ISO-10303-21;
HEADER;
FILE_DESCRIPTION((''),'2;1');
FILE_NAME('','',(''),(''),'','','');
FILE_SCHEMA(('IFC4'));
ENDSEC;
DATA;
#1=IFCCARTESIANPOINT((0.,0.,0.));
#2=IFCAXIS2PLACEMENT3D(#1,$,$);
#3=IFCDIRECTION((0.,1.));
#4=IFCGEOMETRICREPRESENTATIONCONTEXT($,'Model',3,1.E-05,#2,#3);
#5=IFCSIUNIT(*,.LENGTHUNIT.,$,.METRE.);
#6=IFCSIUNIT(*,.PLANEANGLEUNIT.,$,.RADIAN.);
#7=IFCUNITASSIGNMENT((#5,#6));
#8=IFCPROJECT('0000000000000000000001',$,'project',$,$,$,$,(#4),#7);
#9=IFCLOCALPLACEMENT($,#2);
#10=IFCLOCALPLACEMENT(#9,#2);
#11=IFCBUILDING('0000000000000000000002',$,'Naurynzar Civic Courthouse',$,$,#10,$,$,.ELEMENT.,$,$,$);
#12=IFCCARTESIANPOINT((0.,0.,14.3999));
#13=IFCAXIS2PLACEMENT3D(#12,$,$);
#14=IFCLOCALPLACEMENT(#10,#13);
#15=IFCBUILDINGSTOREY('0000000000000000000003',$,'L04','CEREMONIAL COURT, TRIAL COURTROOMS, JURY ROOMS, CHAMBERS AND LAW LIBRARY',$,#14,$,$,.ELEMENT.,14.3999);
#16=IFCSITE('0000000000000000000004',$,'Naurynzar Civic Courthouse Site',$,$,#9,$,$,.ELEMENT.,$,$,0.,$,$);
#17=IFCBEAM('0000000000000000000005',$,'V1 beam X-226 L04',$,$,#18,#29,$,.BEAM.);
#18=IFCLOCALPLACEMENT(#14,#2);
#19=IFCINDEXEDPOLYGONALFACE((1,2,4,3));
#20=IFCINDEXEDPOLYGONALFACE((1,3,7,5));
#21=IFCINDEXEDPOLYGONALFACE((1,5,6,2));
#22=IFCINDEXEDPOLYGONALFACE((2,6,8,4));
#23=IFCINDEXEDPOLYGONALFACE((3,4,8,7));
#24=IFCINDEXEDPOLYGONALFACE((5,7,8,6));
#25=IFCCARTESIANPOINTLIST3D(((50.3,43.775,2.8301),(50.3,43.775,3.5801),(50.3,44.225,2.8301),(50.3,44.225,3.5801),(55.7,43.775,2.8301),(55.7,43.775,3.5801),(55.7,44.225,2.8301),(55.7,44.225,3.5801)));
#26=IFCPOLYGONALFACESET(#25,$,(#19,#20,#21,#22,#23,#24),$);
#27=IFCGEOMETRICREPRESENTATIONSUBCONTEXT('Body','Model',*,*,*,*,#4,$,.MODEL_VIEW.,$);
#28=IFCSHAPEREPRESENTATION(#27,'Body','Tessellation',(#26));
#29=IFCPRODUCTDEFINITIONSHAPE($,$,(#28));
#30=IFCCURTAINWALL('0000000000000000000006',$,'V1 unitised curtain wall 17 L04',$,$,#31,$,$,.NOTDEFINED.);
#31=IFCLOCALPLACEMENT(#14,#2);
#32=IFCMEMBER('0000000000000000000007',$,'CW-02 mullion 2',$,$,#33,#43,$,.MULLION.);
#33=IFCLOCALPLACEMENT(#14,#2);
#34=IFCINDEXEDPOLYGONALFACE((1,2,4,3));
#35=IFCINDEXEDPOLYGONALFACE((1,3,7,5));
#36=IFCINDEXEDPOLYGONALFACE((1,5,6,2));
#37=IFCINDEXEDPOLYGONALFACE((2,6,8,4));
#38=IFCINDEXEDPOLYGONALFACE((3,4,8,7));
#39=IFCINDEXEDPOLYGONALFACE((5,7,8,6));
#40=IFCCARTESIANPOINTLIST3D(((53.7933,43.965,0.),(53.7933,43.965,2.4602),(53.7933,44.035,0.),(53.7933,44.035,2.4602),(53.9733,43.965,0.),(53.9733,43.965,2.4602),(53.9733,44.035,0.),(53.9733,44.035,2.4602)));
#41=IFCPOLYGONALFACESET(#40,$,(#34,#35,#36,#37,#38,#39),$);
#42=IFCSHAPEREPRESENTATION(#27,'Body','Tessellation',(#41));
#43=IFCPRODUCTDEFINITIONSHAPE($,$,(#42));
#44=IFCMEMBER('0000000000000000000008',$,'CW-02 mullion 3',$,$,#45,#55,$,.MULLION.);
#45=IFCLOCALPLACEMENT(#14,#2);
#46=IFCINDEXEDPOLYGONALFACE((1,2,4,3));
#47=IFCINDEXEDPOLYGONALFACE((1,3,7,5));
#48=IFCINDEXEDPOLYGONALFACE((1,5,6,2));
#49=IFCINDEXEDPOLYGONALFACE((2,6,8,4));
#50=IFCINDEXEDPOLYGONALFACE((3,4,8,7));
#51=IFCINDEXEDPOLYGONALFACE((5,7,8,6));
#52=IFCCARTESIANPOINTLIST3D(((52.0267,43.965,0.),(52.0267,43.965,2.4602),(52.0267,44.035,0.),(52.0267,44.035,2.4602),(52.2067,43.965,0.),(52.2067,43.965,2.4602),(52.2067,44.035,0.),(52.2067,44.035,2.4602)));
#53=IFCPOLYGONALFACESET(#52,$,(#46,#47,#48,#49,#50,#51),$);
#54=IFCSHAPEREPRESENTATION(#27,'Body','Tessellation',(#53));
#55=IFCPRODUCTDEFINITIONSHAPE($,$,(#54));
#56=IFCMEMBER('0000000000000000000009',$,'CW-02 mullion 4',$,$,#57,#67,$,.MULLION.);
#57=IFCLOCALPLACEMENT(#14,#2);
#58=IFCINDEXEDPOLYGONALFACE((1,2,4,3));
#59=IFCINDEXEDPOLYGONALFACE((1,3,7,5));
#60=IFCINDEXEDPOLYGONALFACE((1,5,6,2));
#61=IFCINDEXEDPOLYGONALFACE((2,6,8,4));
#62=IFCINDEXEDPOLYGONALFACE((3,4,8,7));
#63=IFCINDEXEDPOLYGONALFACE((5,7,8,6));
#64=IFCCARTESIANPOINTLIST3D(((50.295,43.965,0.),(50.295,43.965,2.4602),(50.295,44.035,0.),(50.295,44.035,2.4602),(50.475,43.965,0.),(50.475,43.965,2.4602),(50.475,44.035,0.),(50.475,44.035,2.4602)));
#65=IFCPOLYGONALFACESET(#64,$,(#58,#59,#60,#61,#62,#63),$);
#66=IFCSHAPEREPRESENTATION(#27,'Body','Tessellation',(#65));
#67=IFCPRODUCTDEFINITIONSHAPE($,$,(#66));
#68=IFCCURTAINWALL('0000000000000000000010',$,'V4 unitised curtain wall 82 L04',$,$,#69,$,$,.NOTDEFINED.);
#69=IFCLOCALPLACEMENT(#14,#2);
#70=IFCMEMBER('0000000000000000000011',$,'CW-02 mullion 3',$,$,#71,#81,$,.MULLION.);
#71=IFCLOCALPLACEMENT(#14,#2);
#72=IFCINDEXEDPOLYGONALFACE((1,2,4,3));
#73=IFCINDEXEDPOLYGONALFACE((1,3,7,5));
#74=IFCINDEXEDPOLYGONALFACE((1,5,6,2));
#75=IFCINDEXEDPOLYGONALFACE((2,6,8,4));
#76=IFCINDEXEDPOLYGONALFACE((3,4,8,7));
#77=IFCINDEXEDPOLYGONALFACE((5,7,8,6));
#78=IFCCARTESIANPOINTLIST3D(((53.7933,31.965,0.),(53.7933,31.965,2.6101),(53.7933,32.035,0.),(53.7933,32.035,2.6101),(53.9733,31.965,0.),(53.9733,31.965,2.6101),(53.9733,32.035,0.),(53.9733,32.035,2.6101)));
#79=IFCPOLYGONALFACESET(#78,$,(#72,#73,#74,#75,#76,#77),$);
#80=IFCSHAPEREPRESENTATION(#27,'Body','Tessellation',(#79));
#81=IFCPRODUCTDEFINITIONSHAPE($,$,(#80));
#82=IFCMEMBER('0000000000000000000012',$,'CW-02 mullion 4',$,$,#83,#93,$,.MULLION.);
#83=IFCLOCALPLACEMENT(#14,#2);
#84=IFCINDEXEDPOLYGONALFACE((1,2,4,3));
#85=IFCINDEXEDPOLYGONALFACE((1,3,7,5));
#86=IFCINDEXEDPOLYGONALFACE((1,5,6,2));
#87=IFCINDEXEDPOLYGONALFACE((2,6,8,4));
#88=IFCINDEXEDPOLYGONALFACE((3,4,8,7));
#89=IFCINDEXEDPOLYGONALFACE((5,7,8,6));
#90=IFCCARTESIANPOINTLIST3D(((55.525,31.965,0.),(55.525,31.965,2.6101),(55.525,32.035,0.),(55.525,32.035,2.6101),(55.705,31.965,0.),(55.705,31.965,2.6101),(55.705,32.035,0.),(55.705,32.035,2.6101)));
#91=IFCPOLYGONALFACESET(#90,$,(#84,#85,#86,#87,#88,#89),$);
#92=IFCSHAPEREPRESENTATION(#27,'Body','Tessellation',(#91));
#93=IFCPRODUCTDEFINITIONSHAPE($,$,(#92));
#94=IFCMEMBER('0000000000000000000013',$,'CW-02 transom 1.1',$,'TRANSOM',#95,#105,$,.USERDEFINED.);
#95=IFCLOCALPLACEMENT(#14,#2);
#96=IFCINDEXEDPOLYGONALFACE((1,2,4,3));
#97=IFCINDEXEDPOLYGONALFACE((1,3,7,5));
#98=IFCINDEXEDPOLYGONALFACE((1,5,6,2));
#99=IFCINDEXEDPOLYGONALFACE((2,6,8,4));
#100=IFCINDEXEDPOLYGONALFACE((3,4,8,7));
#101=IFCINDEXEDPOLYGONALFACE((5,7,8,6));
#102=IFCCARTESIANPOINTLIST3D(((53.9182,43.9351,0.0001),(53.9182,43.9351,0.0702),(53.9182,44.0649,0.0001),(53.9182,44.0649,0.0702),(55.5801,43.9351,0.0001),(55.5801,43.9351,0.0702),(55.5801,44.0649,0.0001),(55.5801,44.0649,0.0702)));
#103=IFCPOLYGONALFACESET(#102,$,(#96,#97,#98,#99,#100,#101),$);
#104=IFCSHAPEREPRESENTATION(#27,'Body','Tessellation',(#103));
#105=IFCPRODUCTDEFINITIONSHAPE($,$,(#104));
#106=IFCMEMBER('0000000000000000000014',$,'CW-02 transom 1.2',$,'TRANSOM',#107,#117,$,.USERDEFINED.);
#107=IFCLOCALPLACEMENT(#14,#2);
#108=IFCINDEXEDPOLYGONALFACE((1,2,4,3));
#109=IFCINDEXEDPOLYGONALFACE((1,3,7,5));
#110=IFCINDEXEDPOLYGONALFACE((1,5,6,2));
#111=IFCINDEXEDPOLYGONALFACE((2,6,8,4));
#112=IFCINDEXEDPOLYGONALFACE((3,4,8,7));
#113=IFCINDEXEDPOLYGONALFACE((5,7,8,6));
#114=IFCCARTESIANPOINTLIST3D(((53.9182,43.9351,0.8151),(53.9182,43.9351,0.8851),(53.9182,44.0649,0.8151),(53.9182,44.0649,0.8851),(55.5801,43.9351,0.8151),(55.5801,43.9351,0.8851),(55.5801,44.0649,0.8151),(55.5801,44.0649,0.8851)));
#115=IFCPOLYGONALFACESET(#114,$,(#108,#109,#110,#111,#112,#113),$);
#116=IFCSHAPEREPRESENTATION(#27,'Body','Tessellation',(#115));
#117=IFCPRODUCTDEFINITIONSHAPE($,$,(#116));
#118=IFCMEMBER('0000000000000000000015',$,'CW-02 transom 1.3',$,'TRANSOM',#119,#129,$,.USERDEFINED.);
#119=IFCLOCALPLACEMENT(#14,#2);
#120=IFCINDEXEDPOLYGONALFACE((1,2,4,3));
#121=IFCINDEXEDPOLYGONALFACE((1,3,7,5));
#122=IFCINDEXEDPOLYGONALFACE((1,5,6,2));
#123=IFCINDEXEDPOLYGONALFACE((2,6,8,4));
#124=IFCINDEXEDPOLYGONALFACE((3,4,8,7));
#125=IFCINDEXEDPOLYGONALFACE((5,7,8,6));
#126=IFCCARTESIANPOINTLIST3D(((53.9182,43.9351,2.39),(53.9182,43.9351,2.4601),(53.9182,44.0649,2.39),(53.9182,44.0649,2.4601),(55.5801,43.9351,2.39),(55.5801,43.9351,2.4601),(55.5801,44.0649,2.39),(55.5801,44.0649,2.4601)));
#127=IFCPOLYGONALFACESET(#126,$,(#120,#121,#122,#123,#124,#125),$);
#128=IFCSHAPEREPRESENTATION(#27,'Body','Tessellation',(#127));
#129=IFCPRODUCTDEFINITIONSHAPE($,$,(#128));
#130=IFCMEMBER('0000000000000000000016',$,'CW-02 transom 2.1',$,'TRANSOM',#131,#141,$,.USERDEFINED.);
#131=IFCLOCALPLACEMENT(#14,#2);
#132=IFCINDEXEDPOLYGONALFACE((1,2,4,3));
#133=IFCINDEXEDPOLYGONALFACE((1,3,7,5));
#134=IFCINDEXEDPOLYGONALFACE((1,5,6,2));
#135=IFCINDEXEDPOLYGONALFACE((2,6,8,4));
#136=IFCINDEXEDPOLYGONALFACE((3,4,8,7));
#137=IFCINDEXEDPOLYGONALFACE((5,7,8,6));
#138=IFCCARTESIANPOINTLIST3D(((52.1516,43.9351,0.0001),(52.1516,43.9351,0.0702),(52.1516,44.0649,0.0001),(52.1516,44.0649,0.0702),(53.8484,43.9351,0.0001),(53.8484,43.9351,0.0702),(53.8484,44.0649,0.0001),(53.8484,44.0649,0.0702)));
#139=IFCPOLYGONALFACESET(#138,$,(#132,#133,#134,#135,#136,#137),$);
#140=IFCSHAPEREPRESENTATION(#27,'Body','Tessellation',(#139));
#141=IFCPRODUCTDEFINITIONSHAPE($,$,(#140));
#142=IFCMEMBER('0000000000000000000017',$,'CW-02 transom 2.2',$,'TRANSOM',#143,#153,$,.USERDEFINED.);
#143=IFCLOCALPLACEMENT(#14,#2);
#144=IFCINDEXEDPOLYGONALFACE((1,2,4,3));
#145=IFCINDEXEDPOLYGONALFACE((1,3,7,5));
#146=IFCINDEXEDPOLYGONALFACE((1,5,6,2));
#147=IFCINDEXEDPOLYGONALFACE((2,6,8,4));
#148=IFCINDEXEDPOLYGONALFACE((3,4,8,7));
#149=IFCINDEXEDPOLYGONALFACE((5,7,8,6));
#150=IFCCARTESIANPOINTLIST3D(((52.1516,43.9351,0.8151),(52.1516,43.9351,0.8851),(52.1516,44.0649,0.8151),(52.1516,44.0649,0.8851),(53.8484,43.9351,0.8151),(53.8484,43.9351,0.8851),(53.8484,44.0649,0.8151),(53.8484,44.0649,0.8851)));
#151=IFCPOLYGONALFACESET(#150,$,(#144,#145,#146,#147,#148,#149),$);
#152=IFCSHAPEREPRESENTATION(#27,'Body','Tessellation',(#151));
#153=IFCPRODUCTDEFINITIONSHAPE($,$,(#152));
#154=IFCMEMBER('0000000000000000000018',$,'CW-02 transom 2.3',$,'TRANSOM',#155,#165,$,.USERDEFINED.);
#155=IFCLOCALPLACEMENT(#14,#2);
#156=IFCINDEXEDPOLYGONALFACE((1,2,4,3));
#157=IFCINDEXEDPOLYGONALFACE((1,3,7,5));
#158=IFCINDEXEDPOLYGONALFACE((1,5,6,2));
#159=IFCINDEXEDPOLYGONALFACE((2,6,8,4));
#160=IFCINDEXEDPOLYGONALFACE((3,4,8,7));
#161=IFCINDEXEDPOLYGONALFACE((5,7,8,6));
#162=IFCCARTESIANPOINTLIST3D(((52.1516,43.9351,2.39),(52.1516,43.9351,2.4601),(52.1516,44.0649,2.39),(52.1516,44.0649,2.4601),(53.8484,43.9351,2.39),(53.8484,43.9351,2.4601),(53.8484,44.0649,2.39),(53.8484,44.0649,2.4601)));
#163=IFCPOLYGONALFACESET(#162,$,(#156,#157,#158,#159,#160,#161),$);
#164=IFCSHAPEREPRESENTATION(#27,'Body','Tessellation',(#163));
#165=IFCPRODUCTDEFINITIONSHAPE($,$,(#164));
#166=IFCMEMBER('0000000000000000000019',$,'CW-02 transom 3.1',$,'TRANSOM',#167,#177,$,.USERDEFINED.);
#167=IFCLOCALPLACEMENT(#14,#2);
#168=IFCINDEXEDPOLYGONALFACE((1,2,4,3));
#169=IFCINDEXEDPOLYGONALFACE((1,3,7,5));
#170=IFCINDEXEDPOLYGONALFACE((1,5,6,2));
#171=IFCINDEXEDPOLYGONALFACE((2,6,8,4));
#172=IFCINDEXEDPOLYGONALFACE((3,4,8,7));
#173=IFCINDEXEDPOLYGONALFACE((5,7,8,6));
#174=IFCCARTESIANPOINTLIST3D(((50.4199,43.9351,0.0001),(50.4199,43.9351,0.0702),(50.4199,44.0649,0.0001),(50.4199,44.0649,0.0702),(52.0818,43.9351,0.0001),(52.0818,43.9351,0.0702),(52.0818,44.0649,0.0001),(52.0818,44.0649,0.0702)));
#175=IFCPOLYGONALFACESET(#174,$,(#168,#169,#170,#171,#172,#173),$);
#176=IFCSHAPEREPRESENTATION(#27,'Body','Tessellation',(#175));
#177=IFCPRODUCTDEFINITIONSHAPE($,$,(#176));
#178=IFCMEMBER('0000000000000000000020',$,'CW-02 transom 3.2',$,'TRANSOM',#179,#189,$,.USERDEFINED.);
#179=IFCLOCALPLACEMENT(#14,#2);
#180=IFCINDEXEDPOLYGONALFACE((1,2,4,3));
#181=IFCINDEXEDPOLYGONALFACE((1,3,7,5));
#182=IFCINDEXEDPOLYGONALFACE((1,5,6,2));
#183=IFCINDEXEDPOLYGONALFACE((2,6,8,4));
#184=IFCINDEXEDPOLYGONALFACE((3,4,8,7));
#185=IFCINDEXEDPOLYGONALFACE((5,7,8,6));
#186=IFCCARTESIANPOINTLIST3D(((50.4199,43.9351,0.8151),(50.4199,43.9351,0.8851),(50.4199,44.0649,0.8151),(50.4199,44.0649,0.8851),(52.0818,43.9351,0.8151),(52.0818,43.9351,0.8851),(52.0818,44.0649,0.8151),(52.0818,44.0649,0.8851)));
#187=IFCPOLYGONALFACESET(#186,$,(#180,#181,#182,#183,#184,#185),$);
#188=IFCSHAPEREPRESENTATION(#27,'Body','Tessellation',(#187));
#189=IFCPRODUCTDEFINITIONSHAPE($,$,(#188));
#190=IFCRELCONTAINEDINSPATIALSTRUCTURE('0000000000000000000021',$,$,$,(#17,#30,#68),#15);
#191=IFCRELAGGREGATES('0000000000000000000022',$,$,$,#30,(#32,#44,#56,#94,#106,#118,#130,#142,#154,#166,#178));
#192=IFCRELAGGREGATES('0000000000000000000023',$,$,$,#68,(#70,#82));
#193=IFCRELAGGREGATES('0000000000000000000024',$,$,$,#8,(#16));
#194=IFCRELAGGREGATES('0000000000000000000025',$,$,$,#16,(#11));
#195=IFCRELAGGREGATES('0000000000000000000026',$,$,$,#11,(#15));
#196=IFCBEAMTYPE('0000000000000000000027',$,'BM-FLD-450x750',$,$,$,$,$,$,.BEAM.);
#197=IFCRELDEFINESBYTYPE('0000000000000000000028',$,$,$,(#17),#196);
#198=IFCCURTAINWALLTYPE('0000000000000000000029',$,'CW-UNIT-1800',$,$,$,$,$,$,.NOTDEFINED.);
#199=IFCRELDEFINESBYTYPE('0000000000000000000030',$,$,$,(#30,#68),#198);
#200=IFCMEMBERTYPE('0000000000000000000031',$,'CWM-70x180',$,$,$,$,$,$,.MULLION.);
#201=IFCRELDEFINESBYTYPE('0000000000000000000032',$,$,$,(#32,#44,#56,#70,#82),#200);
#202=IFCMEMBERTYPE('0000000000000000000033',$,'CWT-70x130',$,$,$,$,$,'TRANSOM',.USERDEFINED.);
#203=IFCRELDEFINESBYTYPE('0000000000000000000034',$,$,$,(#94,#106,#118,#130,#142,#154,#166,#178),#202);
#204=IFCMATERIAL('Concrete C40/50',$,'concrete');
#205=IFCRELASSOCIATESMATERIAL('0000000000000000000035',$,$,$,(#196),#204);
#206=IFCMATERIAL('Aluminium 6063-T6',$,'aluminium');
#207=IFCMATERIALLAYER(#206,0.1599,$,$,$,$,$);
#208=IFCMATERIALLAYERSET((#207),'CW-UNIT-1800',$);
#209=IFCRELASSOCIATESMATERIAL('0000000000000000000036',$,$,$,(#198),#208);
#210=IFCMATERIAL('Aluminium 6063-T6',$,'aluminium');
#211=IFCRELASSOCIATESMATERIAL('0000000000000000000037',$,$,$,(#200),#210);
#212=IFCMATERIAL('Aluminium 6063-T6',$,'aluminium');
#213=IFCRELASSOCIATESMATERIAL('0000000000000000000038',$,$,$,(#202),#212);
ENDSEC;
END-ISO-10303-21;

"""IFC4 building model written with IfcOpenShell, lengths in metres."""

from ifc_helpers import new_model, si_unit, direction, frame, origin, origin_2d, place, context, subcontext, project, spatial, rectangle, extrude, material, layer, layer_set, material_profile, profile_set, type_object, element, aggregate, save


model = new_model("IFC4")

# Units and contexts
model_context = context("Model", 3, precision=1e-05, world=origin(), true_north=direction((0.0, 1.0)))
body_context = subcontext(model_context, "Body", "Model", "MODEL_VIEW")
ifc_project = project(units=[si_unit("LENGTHUNIT", "METRE"), si_unit("PLANEANGLEUNIT", "RADIAN")], contexts=[model_context])

# Site, building, storey
site_placement = place(None, origin())
site = spatial("IfcSite", under=ifc_project, at=site_placement, Name="Naurynzar Civic Courthouse Site", CompositionType="ELEMENT", RefElevation=0.0)
building_placement = place(site_placement, origin())
building = spatial("IfcBuilding", under=site, at=building_placement, Name="Naurynzar Civic Courthouse", CompositionType="ELEMENT")
storey_placement = place(building_placement, frame((0.0, 0.0, 14.3999)))
storey = spatial("IfcBuildingStorey", under=building, at=storey_placement, Name="L04", Description="CEREMONIAL COURT, TRIAL COURTROOMS, JURY ROOMS, CHAMBERS AND LAW LIBRARY", CompositionType="ELEMENT", Elevation=14.3999)

# Beam
ifc_material_1 = material(Name="Concrete C40/50", Category="concrete")
ifc_material_profile_1 = material_profile(ifc_material_1, rectangle(XDim=0.45, YDim=0.75, at=origin_2d()), Name="RCF 450x750")
ifc_profile_set_1 = profile_set([ifc_material_profile_1], Name="Concrete C40/50")
beam_type = type_object("IfcBeamType", Name="BM-FLD-450x750", PredefinedType="BEAM", material=ifc_profile_set_1)
beam_placement = place(storey_placement, frame((50.3, 44.0, 3.2051), z_axis=(1.0, 0.0, 0.0), x_axis=(0.0, 1.0, 0.0)))
element("IfcBeam", 1, at=beam_placement, inside=storey, type_object=beam_type, Name="V1 beam X-226 L04", PredefinedType="BEAM", context=body_context, shape_type="SweptSolid", body=[
    extrude(rectangle(XDim=0.45, YDim=0.75, at=origin_2d()), origin(), (0.0, 0.0, 1.0), 5.3999),
])

# Curtain walls, members
ifc_material_2 = material(Name="Aluminium 6063-T6", Category="aluminium")
ifc_layer_1 = layer(ifc_material_2, 0.1599)
ifc_layer_set_1 = layer_set([ifc_layer_1], Name="CW-UNIT-1800")
curtain_wall_type = type_object("IfcCurtainWallType", Name="CW-UNIT-1800", PredefinedType="NOTDEFINED", material=ifc_layer_set_1)
curtain_wall_1_placement = place(storey_placement, origin())
curtain_wall_1 = element("IfcCurtainWall", 2, at=curtain_wall_1_placement, inside=storey, type_object=curtain_wall_type, Name="V1 unitised curtain wall 17 L04", PredefinedType="NOTDEFINED")
ifc_material_3 = material(Name="Aluminium 6063-T6", Category="aluminium")
ifc_material_profile_2 = material_profile(ifc_material_3, rectangle(XDim=0.0701, YDim=0.1799, at=origin_2d()), Name="ALU MULLION 70x180")
ifc_profile_set_2 = profile_set([ifc_material_profile_2], Name="Aluminium 6063-T6")
member_type_1 = type_object("IfcMemberType", Name="CWM-70x180", PredefinedType="MULLION", material=ifc_profile_set_2)
member_1_placement = place(storey_placement, frame((53.8833, 44.0, 0.0), z_axis=(0.0, 0.0, 1.0), x_axis=(0.0, -1.0, 0.0)))
member_1 = element("IfcMember", 3, at=member_1_placement, type_object=member_type_1, Name="CW-02 mullion 2", PredefinedType="MULLION", context=body_context, shape_type="SweptSolid", body=[
    extrude(rectangle(XDim=0.0701, YDim=0.1799, at=origin_2d()), origin(), (0.0, 0.0, 1.0), 2.4602),
])
member_2_placement = place(storey_placement, frame((52.1167, 44.0, 0.0), z_axis=(0.0, 0.0, 1.0), x_axis=(0.0, -1.0, 0.0)))
member_2 = element("IfcMember", 4, at=member_2_placement, type_object=member_type_1, Name="CW-02 mullion 3", PredefinedType="MULLION", context=body_context, shape_type="SweptSolid", body=[
    extrude(rectangle(XDim=0.0701, YDim=0.1799, at=origin_2d()), origin(), (0.0, 0.0, 1.0), 2.4602),
])
member_3_placement = place(storey_placement, frame((50.385, 44.0, 0.0), z_axis=(0.0, 0.0, 1.0), x_axis=(0.0, -1.0, 0.0)))
member_3 = element("IfcMember", 5, at=member_3_placement, type_object=member_type_1, Name="CW-02 mullion 4", PredefinedType="MULLION", context=body_context, shape_type="SweptSolid", body=[
    extrude(rectangle(XDim=0.0701, YDim=0.1799, at=origin_2d()), origin(), (0.0, 0.0, 1.0), 2.4602),
])
curtain_wall_2_placement = place(storey_placement, origin())
curtain_wall_2 = element("IfcCurtainWall", 6, at=curtain_wall_2_placement, inside=storey, type_object=curtain_wall_type, Name="V4 unitised curtain wall 82 L04", PredefinedType="NOTDEFINED")
member_4_placement = place(storey_placement, frame((53.8833, 32.0, 0.0), z_axis=(0.0, 0.0, 1.0), x_axis=(0.0, 1.0, 0.0)))
member_4 = element("IfcMember", 7, at=member_4_placement, type_object=member_type_1, Name="CW-02 mullion 3", PredefinedType="MULLION", context=body_context, shape_type="SweptSolid", body=[
    extrude(rectangle(XDim=0.0701, YDim=0.1799, at=origin_2d()), origin(), (0.0, 0.0, 1.0), 2.6101),
])
member_5_placement = place(storey_placement, frame((55.615, 32.0, 0.0), z_axis=(0.0, 0.0, 1.0), x_axis=(0.0, 1.0, 0.0)))
member_5 = element("IfcMember", 8, at=member_5_placement, type_object=member_type_1, Name="CW-02 mullion 4", PredefinedType="MULLION", context=body_context, shape_type="SweptSolid", body=[
    extrude(rectangle(XDim=0.0701, YDim=0.1799, at=origin_2d()), origin(), (0.0, 0.0, 1.0), 2.6101),
])

# Members
ifc_material_4 = material(Name="Aluminium 6063-T6", Category="aluminium")
ifc_material_profile_3 = material_profile(ifc_material_4, rectangle(XDim=0.1299, YDim=0.0701, at=origin_2d()), Name="ALU TRANSOM 70x130")
ifc_profile_set_3 = profile_set([ifc_material_profile_3], Name="Aluminium 6063-T6")
member_type_2 = type_object("IfcMemberType", Name="CWT-70x130", ElementType="TRANSOM", PredefinedType="USERDEFINED", material=ifc_profile_set_3)
member_6_placement = place(storey_placement, frame((55.5801, 44.0, 0.0352), z_axis=(-1.0, 0.0, 0.0), x_axis=(0.0, -1.0, 0.0)))
member_6 = element("IfcMember", 9, at=member_6_placement, type_object=member_type_2, Name="CW-02 transom 1.1", ObjectType="TRANSOM", PredefinedType="USERDEFINED", context=body_context, shape_type="SweptSolid", body=[
    extrude(rectangle(XDim=0.1299, YDim=0.0701, at=origin_2d()), origin(), (0.0, 0.0, 1.0), 1.6619),
])
member_7_placement = place(storey_placement, frame((55.5801, 44.0, 0.8501), z_axis=(-1.0, 0.0, 0.0), x_axis=(0.0, -1.0, 0.0)))
member_7 = element("IfcMember", 10, at=member_7_placement, type_object=member_type_2, Name="CW-02 transom 1.2", ObjectType="TRANSOM", PredefinedType="USERDEFINED", context=body_context, shape_type="SweptSolid", body=[
    extrude(rectangle(XDim=0.1299, YDim=0.0701, at=origin_2d()), origin(), (0.0, 0.0, 1.0), 1.6619),
])
member_8_placement = place(storey_placement, frame((55.5801, 44.0, 2.425), z_axis=(-1.0, 0.0, 0.0), x_axis=(0.0, -1.0, 0.0)))
member_8 = element("IfcMember", 11, at=member_8_placement, type_object=member_type_2, Name="CW-02 transom 1.3", ObjectType="TRANSOM", PredefinedType="USERDEFINED", context=body_context, shape_type="SweptSolid", body=[
    extrude(rectangle(XDim=0.1299, YDim=0.0701, at=origin_2d()), origin(), (0.0, 0.0, 1.0), 1.6619),
])
member_9_placement = place(storey_placement, frame((53.8484, 44.0, 0.0352), z_axis=(-1.0, 0.0, 0.0), x_axis=(0.0, -1.0, 0.0)))
member_9 = element("IfcMember", 12, at=member_9_placement, type_object=member_type_2, Name="CW-02 transom 2.1", ObjectType="TRANSOM", PredefinedType="USERDEFINED", context=body_context, shape_type="SweptSolid", body=[
    extrude(rectangle(XDim=0.1299, YDim=0.0701, at=origin_2d()), origin(), (0.0, 0.0, 1.0), 1.6968),
])
member_10_placement = place(storey_placement, frame((53.8484, 44.0, 0.8501), z_axis=(-1.0, 0.0, 0.0), x_axis=(0.0, -1.0, 0.0)))
member_10 = element("IfcMember", 13, at=member_10_placement, type_object=member_type_2, Name="CW-02 transom 2.2", ObjectType="TRANSOM", PredefinedType="USERDEFINED", context=body_context, shape_type="SweptSolid", body=[
    extrude(rectangle(XDim=0.1299, YDim=0.0701, at=origin_2d()), origin(), (0.0, 0.0, 1.0), 1.6968),
])
member_11_placement = place(storey_placement, frame((53.8484, 44.0, 2.425), z_axis=(-1.0, 0.0, 0.0), x_axis=(0.0, -1.0, 0.0)))
member_11 = element("IfcMember", 14, at=member_11_placement, type_object=member_type_2, Name="CW-02 transom 2.3", ObjectType="TRANSOM", PredefinedType="USERDEFINED", context=body_context, shape_type="SweptSolid", body=[
    extrude(rectangle(XDim=0.1299, YDim=0.0701, at=origin_2d()), origin(), (0.0, 0.0, 1.0), 1.6968),
])
member_12_placement = place(storey_placement, frame((52.0818, 44.0, 0.0352), z_axis=(-1.0, 0.0, 0.0), x_axis=(0.0, -1.0, 0.0)))
member_12 = element("IfcMember", 15, at=member_12_placement, type_object=member_type_2, Name="CW-02 transom 3.1", ObjectType="TRANSOM", PredefinedType="USERDEFINED", context=body_context, shape_type="SweptSolid", body=[
    extrude(rectangle(XDim=0.1299, YDim=0.0701, at=origin_2d()), origin(), (0.0, 0.0, 1.0), 1.6619),
])
member_13_placement = place(storey_placement, frame((52.0818, 44.0, 0.8501), z_axis=(-1.0, 0.0, 0.0), x_axis=(0.0, -1.0, 0.0)))
member_13 = element("IfcMember", 16, at=member_13_placement, type_object=member_type_2, Name="CW-02 transom 3.2", ObjectType="TRANSOM", PredefinedType="USERDEFINED", context=body_context, shape_type="SweptSolid", body=[
    extrude(rectangle(XDim=0.1299, YDim=0.0701, at=origin_2d()), origin(), (0.0, 0.0, 1.0), 1.6619),
])

aggregate(curtain_wall_1, [member_1, member_2, member_3, member_6, member_7, member_8, member_9, member_10, member_11, member_12, member_13])
aggregate(curtain_wall_2, [member_4, member_5])

save(model, "model.ifc")
